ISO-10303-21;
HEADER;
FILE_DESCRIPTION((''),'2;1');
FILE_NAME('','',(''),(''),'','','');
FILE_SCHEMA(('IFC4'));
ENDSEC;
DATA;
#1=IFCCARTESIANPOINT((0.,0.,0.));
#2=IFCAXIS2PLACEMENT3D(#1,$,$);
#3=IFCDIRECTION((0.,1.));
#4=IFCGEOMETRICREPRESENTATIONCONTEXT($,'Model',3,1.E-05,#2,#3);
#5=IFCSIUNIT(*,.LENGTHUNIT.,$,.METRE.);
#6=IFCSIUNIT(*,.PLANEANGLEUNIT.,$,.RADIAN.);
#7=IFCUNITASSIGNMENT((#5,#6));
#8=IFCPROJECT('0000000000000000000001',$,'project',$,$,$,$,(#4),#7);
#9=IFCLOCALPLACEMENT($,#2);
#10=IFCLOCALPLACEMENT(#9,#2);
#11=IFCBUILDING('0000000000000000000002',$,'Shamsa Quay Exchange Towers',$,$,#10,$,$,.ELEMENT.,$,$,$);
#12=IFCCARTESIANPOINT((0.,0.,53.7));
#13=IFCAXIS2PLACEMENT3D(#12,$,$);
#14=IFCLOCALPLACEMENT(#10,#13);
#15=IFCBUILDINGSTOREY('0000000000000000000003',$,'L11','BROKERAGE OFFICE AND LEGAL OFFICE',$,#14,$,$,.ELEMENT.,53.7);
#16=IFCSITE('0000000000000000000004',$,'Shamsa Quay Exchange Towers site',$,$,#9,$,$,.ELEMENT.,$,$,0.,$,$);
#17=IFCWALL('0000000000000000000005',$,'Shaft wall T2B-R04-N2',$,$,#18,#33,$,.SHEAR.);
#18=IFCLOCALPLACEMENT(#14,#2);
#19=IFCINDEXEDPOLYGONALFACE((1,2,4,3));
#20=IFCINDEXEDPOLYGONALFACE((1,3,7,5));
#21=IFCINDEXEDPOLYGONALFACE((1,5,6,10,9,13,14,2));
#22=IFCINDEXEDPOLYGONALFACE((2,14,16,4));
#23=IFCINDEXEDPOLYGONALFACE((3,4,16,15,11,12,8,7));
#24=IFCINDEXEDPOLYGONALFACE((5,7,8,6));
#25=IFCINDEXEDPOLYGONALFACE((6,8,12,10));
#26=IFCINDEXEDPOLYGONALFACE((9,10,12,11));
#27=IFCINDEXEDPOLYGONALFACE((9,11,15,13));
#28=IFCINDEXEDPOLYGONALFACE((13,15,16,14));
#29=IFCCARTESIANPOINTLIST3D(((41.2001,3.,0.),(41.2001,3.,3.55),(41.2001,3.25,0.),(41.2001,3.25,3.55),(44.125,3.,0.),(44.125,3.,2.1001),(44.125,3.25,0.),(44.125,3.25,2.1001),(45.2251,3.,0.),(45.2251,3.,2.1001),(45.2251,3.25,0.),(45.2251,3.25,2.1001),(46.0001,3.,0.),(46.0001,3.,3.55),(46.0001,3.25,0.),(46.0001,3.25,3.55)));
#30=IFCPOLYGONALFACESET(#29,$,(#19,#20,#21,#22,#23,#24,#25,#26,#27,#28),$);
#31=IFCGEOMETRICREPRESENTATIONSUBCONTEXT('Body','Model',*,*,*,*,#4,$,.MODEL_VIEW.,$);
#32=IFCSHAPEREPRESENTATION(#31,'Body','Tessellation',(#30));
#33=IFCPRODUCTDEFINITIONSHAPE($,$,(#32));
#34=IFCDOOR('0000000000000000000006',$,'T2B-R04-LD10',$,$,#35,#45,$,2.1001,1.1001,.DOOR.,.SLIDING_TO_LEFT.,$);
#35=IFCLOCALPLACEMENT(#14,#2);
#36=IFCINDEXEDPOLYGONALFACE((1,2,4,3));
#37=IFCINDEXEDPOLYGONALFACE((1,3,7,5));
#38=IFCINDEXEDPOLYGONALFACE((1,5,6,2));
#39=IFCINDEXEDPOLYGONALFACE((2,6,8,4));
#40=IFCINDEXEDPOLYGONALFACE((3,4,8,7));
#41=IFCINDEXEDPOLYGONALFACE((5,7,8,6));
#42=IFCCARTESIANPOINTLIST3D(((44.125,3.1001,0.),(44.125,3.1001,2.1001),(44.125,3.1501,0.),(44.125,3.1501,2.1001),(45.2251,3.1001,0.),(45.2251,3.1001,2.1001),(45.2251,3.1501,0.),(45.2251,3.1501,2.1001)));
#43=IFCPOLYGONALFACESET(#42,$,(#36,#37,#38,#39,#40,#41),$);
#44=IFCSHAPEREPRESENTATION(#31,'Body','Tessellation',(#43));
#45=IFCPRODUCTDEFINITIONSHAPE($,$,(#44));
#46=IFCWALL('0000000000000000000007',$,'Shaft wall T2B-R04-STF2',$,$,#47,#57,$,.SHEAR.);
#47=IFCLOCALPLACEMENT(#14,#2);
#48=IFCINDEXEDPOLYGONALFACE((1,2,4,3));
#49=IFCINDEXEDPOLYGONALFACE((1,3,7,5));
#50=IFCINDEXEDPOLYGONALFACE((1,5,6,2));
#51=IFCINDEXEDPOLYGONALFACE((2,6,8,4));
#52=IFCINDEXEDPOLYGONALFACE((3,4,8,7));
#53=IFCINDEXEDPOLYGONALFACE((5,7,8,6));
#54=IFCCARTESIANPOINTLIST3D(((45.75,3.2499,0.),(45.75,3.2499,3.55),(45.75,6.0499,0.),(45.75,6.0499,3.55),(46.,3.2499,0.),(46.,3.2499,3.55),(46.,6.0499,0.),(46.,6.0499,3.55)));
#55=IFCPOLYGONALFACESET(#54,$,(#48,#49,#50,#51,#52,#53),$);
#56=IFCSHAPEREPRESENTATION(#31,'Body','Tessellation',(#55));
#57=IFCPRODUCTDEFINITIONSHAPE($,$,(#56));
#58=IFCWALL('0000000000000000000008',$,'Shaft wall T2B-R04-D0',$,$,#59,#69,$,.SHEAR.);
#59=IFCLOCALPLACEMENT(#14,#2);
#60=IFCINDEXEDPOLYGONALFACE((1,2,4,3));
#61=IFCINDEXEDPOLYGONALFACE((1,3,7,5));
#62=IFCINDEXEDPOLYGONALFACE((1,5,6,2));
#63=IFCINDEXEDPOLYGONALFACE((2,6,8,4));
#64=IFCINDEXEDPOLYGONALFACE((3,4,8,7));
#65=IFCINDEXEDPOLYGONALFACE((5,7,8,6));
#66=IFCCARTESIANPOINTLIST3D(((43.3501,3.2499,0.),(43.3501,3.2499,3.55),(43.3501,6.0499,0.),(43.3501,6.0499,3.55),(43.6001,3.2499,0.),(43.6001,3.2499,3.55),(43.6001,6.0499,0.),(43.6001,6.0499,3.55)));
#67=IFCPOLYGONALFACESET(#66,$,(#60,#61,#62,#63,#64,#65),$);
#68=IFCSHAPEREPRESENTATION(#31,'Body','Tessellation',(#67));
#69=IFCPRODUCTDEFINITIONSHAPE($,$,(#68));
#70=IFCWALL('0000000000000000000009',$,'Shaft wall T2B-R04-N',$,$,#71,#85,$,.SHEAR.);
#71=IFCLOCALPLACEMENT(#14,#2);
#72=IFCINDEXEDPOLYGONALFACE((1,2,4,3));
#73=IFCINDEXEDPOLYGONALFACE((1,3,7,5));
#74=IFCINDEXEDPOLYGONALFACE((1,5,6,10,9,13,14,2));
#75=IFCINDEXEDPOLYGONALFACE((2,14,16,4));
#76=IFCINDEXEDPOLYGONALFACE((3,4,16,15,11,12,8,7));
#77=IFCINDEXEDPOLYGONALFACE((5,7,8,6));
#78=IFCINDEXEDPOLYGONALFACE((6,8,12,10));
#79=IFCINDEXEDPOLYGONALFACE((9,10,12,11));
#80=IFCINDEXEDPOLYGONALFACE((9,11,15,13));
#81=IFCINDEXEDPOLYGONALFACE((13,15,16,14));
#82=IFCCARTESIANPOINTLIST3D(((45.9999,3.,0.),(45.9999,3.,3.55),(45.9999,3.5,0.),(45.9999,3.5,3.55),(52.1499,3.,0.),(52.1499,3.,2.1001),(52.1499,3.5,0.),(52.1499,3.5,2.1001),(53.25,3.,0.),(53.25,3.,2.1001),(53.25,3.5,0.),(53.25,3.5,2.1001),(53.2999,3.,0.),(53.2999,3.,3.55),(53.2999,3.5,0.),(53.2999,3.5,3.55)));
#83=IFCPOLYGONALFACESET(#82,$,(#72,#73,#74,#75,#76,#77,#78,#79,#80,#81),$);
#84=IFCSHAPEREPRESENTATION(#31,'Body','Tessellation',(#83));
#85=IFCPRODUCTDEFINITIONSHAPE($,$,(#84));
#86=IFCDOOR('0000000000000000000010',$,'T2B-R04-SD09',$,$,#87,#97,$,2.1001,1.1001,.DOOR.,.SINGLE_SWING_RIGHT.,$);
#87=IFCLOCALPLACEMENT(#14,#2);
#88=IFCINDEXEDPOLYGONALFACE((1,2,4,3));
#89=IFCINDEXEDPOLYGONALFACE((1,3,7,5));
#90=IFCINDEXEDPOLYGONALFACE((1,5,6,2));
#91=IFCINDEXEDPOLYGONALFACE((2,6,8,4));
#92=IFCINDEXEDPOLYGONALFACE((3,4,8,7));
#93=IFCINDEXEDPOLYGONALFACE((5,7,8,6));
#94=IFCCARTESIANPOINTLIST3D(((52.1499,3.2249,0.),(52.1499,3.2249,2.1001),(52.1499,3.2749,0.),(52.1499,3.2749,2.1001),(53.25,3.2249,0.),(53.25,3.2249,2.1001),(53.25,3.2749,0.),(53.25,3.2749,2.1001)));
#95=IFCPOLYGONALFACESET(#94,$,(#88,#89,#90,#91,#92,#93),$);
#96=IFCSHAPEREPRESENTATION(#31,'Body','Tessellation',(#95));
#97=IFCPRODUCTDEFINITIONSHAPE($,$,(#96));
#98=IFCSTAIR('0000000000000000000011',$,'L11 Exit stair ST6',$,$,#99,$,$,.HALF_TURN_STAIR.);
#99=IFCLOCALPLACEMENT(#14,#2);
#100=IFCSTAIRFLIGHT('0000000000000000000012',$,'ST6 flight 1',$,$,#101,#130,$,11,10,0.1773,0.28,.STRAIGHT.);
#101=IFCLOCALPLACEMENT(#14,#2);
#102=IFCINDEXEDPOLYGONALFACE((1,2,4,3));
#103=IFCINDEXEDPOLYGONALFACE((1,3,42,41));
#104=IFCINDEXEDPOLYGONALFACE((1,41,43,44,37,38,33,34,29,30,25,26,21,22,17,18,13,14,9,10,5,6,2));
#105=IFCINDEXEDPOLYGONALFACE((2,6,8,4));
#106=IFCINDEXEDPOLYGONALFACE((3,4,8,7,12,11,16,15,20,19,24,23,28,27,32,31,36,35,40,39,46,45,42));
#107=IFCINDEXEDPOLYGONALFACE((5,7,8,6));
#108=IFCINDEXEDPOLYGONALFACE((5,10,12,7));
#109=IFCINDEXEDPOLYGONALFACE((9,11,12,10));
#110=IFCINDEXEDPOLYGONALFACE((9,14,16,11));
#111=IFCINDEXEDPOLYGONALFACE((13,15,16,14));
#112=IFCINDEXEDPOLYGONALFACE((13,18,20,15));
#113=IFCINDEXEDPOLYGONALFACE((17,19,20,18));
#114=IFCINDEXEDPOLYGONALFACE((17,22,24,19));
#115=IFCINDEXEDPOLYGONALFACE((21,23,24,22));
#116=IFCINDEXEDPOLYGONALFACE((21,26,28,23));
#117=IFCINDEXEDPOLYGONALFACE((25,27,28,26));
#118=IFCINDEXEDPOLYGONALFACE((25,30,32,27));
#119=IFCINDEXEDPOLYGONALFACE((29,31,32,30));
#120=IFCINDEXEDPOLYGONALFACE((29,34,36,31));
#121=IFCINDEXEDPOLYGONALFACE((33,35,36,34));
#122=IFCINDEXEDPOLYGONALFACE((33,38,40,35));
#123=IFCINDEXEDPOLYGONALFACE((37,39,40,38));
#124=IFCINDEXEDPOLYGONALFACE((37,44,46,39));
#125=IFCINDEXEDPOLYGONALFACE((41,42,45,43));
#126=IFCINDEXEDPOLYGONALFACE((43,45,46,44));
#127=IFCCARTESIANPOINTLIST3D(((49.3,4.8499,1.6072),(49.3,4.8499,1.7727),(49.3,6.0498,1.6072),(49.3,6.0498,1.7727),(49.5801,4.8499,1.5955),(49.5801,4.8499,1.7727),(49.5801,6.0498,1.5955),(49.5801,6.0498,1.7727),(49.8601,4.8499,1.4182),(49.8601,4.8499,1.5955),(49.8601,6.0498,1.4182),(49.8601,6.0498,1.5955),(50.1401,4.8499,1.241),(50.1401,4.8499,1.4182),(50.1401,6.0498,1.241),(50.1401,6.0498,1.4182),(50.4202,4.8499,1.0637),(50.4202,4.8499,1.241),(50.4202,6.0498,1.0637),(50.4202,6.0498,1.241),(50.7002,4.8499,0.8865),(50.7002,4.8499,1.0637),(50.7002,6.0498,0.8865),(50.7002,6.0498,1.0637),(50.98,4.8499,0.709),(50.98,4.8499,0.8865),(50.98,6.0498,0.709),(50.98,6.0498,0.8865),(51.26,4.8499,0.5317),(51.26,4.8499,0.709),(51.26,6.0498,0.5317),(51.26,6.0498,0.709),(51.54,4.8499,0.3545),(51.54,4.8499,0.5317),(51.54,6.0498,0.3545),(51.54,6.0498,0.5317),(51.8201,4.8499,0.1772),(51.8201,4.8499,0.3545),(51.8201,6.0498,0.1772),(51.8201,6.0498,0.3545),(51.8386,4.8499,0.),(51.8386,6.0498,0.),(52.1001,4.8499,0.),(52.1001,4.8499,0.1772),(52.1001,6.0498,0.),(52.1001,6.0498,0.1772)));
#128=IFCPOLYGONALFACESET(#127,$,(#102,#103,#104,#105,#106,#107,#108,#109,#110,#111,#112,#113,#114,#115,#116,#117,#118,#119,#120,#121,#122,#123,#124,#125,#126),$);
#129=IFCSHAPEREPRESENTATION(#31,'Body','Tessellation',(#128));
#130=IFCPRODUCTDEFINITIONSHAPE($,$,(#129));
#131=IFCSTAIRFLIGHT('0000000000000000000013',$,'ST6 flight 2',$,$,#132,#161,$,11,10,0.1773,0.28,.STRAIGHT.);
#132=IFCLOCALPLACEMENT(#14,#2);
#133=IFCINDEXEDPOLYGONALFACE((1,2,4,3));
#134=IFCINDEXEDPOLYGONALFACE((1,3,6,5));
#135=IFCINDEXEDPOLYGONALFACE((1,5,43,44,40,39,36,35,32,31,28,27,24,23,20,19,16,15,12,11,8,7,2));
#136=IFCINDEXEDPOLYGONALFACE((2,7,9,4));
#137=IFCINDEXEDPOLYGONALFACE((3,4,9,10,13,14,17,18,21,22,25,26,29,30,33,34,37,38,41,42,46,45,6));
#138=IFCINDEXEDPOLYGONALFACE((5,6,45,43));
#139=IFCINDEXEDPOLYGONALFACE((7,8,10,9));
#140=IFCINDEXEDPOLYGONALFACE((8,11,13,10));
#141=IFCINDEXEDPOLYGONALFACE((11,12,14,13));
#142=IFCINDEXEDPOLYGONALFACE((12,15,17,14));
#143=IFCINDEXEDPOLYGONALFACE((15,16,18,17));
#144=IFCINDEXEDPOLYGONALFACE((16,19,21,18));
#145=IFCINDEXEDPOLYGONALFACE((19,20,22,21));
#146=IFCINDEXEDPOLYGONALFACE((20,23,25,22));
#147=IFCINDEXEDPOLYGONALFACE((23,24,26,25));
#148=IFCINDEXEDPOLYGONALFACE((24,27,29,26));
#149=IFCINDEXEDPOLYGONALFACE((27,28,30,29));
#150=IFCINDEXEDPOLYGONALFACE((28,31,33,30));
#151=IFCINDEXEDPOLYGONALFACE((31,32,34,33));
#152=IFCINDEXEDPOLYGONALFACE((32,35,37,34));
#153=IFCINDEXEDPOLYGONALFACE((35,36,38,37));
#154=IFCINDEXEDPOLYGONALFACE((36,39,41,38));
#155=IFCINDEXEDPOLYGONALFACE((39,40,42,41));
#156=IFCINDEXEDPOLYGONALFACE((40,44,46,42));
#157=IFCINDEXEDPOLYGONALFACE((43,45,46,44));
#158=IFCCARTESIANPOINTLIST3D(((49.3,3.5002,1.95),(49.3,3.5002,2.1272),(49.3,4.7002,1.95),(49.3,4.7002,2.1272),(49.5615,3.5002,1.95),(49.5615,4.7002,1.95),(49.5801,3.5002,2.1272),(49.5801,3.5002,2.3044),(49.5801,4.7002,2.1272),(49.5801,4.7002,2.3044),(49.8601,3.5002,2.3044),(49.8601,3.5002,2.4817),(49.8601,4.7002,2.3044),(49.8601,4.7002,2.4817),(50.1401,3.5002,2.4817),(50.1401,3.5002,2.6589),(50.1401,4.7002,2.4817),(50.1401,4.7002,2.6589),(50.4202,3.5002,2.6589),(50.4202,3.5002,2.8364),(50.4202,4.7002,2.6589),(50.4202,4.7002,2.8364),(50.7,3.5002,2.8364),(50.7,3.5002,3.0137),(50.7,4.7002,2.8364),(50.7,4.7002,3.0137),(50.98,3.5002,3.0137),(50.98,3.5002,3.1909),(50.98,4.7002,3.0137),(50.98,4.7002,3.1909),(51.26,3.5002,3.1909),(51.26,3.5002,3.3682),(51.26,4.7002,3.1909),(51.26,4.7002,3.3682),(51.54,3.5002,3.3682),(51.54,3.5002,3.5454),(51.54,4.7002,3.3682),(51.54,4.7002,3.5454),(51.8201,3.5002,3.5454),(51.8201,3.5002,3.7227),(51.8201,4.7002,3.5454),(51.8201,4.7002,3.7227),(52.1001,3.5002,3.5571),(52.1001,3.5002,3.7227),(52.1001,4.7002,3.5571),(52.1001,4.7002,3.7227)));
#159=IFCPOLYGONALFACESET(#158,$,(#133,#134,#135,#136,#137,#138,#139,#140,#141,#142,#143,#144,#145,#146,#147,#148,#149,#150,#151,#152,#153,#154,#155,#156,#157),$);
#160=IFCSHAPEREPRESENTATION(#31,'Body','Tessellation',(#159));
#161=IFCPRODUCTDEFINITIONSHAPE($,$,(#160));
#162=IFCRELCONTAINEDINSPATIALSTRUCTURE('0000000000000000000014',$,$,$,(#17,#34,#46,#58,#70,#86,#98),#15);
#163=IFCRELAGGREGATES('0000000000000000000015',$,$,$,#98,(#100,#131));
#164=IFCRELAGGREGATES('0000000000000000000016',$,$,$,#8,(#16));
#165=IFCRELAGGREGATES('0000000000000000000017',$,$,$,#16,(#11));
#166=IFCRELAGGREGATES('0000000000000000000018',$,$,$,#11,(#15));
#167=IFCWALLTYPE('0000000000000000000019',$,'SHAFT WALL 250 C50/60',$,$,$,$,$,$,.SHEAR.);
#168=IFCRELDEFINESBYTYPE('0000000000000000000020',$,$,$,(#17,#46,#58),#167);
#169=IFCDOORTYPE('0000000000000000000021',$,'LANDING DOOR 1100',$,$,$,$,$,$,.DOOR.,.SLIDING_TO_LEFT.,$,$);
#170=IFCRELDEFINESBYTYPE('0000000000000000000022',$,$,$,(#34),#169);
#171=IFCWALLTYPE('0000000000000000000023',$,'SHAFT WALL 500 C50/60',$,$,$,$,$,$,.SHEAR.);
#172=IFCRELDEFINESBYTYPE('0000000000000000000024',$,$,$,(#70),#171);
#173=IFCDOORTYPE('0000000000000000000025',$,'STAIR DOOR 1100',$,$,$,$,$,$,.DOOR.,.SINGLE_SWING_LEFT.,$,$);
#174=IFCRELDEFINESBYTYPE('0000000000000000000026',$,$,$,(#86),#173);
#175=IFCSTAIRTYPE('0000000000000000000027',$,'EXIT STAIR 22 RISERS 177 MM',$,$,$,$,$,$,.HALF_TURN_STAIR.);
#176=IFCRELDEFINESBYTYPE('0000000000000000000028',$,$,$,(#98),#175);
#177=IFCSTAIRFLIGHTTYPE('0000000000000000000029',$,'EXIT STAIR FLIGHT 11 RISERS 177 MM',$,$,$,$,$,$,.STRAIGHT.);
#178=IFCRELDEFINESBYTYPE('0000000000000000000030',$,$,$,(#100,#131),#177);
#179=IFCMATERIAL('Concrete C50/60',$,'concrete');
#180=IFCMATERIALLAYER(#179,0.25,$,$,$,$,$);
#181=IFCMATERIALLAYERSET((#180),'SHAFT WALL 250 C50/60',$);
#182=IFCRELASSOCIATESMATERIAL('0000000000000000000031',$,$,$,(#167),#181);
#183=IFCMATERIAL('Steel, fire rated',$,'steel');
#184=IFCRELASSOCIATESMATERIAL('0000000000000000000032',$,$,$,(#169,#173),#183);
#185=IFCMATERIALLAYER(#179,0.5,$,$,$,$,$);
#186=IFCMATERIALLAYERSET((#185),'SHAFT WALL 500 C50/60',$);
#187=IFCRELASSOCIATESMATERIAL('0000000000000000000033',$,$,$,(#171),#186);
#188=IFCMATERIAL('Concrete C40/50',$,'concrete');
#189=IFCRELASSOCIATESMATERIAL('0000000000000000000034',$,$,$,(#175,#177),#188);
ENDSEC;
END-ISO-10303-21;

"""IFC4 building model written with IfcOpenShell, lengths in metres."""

from ifc_helpers import new_model, si_unit, direction, frame, frame_2d, origin, place, context, subcontext, project, spatial, polyline, rectangle, outline, extrude, material, layer, layer_set, type_object, element, fill, aggregate, save


model = new_model("IFC4")

# Units and contexts
model_context = context("Model", 3, precision=1e-05, world=origin(), true_north=direction((0.0, 1.0)))
body_context = subcontext(model_context, "Body", "Model", "MODEL_VIEW")
ifc_project = project(units=[si_unit("LENGTHUNIT", "METRE"), si_unit("PLANEANGLEUNIT", "RADIAN")], contexts=[model_context])

# Site, building, storey
site_placement = place(None, origin())
site = spatial("IfcSite", under=ifc_project, at=site_placement, Name="Shamsa Quay Exchange Towers site", CompositionType="ELEMENT", RefElevation=0.0)
building_placement = place(site_placement, origin())
building = spatial("IfcBuilding", under=site, at=building_placement, Name="Shamsa Quay Exchange Towers", CompositionType="ELEMENT")
storey_placement = place(building_placement, frame((0.0, 0.0, 53.7)))
storey = spatial("IfcBuildingStorey", under=building, at=storey_placement, Name="L11", Description="BROKERAGE OFFICE AND LEGAL OFFICE", CompositionType="ELEMENT", Elevation=53.7)

# Wall, opening, door
ifc_material_1 = material(Name="Concrete C50/60", Category="concrete")
ifc_layer_1 = layer(ifc_material_1, 0.25)
ifc_layer_set_1 = layer_set([ifc_layer_1], Name="SHAFT WALL 250 C50/60")
wall_type_1 = type_object("IfcWallType", Name="SHAFT WALL 250 C50/60", PredefinedType="SHEAR", material=ifc_layer_set_1)
wall_1_placement = place(storey_placement, frame((46.0, 3.125, 0.0), z_axis=(0.0, 0.0, 1.0), x_axis=(-1.0, 0.0, 0.0)))
wall_1 = element("IfcWall", 1, at=wall_1_placement, inside=storey, type_object=wall_type_1, Name="Shaft wall T2B-R04-N2", PredefinedType="SHEAR", context=body_context, shape_type="SweptSolid", body=[
    extrude(rectangle(XDim=4.8, YDim=0.25, at=frame_2d((2.3999, 0.0))), origin(), (0.0, 0.0, 1.0), 3.55),
])
opening_1_placement = place(wall_1_placement, frame((0.7749, 0.0, 0.0)))
opening_1 = element("IfcOpeningElement", 2, at=opening_1_placement, cuts=wall_1, PredefinedType="OPENING", context=body_context, shape_type="SweptSolid", body=[
    extrude(rectangle(XDim=1.1001, YDim=2.1001, at=frame_2d((0.55, 1.05))), frame((0.0, 0.135, 0.0), z_axis=(0.0, -1.0, 0.0), x_axis=(1.0, 0.0, 0.0)), (0.0, 0.0, 1.0), 0.27),
])
ifc_material_2 = material(Name="Steel, fire rated", Category="steel")
door_type_1 = type_object("IfcDoorType", Name="LANDING DOOR 1100", OperationType="SLIDING_TO_LEFT", PredefinedType="DOOR", material=ifc_material_2)
door_1_placement = place(opening_1_placement, origin())
door_1 = element("IfcDoor", 3, at=door_1_placement, inside=storey, type_object=door_type_1, Name="T2B-R04-LD10", OperationType="SLIDING_TO_LEFT", OverallHeight=2.1001, OverallWidth=1.1001, PredefinedType="DOOR", context=body_context, shape_type="SweptSolid", body=[
    extrude(rectangle(XDim=1.1001, YDim=2.1001, at=frame_2d((0.55, 1.05))), frame((0.0, 0.0249, 0.0), z_axis=(0.0, -1.0, 0.0), x_axis=(1.0, 0.0, 0.0)), (0.0, 0.0, 1.0), 0.05),
])
fill(opening_1, door_1)

# Walls
for number, where, z_axis, x_axis, name in (
    (4, (45.875, 3.25, 0.0), (0.0, 0.0, 1.0), (0.0, 1.0, 0.0), "Shaft wall T2B-R04-STF2"),
    (5, (43.4751, 3.25, 0.0), (0.0, 0.0, 1.0), (0.0, 1.0, 0.0), "Shaft wall T2B-R04-D0"),
):
    element("IfcWall", number, at=place(storey_placement, frame(where, z_axis=z_axis, x_axis=x_axis)), inside=storey, type_object=wall_type_1, Name=name, PredefinedType="SHEAR", context=body_context, shape_type="SweptSolid", body=[
        extrude(rectangle(XDim=2.8, YDim=0.25, at=frame_2d((1.3999, 0.0))), origin(), (0.0, 0.0, 1.0), 3.55),
    ])

# Wall, opening, door
ifc_layer_2 = layer(ifc_material_1, 0.5)
ifc_layer_set_2 = layer_set([ifc_layer_2], Name="SHAFT WALL 500 C50/60")
wall_type_2 = type_object("IfcWallType", Name="SHAFT WALL 500 C50/60", PredefinedType="SHEAR", material=ifc_layer_set_2)
wall_2_placement = place(storey_placement, frame((46.0, 3.25, 0.0)))
wall_2 = element("IfcWall", 6, at=wall_2_placement, inside=storey, type_object=wall_type_2, Name="Shaft wall T2B-R04-N", PredefinedType="SHEAR", context=body_context, shape_type="SweptSolid", body=[
    extrude(rectangle(XDim=7.3, YDim=0.5, at=frame_2d((3.6499, 0.0))), origin(), (0.0, 0.0, 1.0), 3.55),
])
opening_2_placement = place(wall_2_placement, frame((6.1499, 0.0, 0.0)))
opening_2 = element("IfcOpeningElement", 7, at=opening_2_placement, cuts=wall_2, PredefinedType="OPENING", context=body_context, shape_type="SweptSolid", body=[
    extrude(rectangle(XDim=1.1001, YDim=2.1001, at=frame_2d((0.55, 1.05))), frame((0.0, 0.26, 0.0), z_axis=(0.0, -1.0, 0.0), x_axis=(1.0, 0.0, 0.0)), (0.0, 0.0, 1.0), 0.52),
])
door_type_2 = type_object("IfcDoorType", Name="STAIR DOOR 1100", OperationType="SINGLE_SWING_LEFT", PredefinedType="DOOR", material=ifc_material_2)
door_2_placement = place(opening_2_placement, origin())
door_2 = element("IfcDoor", 8, at=door_2_placement, inside=storey, type_object=door_type_2, Name="T2B-R04-SD09", OperationType="SINGLE_SWING_RIGHT", OverallHeight=2.1001, OverallWidth=1.1001, PredefinedType="DOOR", context=body_context, shape_type="SweptSolid", body=[
    extrude(rectangle(XDim=1.1001, YDim=2.1001, at=frame_2d((0.55, 1.05))), frame((0.0, 0.0249, 0.0), z_axis=(0.0, -1.0, 0.0), x_axis=(1.0, 0.0, 0.0)), (0.0, 0.0, 1.0), 0.05),
])
fill(opening_2, door_2)

# Stair, stair flights
ifc_material_3 = material(Name="Concrete C40/50", Category="concrete")
stair_type = type_object("IfcStairType", Name="EXIT STAIR 22 RISERS 177 MM", PredefinedType="HALF_TURN_STAIR", material=ifc_material_3)
stair_placement = place(storey_placement, origin())
stair = element("IfcStair", 9, at=stair_placement, inside=storey, type_object=stair_type, Name="L11 Exit stair ST6", PredefinedType="HALF_TURN_STAIR")
stair_flight_type = type_object("IfcStairFlightType", Name="EXIT STAIR FLIGHT 11 RISERS 177 MM", PredefinedType="STRAIGHT", material=ifc_material_3)
stair_flight_1_placement = place(storey_placement, frame((52.1001, 5.45, 0.0), z_axis=(0.0, 0.0, 1.0), x_axis=(-1.0, 0.0, 0.0)))
stair_flight_1 = element("IfcStairFlight", 10, at=stair_flight_1_placement, type_object=stair_flight_type, Name="ST6 flight 1", NumberOfRisers=11, NumberOfTreads=10, PredefinedType="STRAIGHT", RiserHeight=0.1773, TreadLength=0.28, context=body_context, shape_type="SweptSolid", body=[
    extrude(outline(polyline([(0.0, 0.0), (0.0, 0.1772), (0.28, 0.1772), (0.28, 0.3545), (0.5601, 0.3545), (0.5601, 0.5317), (0.8401, 0.5317), (0.8401, 0.709), (1.1201, 0.709), (1.1201, 0.8865), (1.3999, 0.8865), (1.3999, 1.0637), (1.6799, 1.0637), (1.6799, 1.241), (1.96, 1.241), (1.96, 1.4182), (2.24, 1.4182), (2.24, 1.5955), (2.52, 1.5955), (2.52, 1.7727), (2.8, 1.7727), (2.8, 1.95), (2.8, 1.6072), (0.2615, 0.0), (0.0, 0.0)])), frame((0.0, 0.6001, 0.0), z_axis=(0.0, -1.0, 0.0), x_axis=(1.0, 0.0, 0.0)), (0.0, 0.0, 1.0), 1.2),
])
stair_flight_2_placement = place(storey_placement, frame((49.3, 4.1001, 1.95)))
stair_flight_2 = element("IfcStairFlight", 11, at=stair_flight_2_placement, type_object=stair_flight_type, Name="ST6 flight 2", NumberOfRisers=11, NumberOfTreads=10, PredefinedType="STRAIGHT", RiserHeight=0.1773, TreadLength=0.28, context=body_context, shape_type="SweptSolid", body=[
    extrude(outline(polyline([(0.0, 0.0), (0.0, 0.1772), (0.28, 0.1772), (0.28, 0.3545), (0.5601, 0.3545), (0.5601, 0.5317), (0.8401, 0.5317), (0.8401, 0.709), (1.1201, 0.709), (1.1201, 0.8865), (1.3999, 0.8865), (1.3999, 1.0637), (1.6799, 1.0637), (1.6799, 1.241), (1.96, 1.241), (1.96, 1.4182), (2.24, 1.4182), (2.24, 1.5955), (2.52, 1.5955), (2.52, 1.7727), (2.8, 1.7727), (2.8, 1.95), (2.8, 1.6072), (0.2615, 0.0), (0.0, 0.0)])), frame((0.0, 0.6001, 0.0), z_axis=(0.0, -1.0, 0.0), x_axis=(1.0, 0.0, 0.0)), (0.0, 0.0, 1.0), 1.2),
])
aggregate(stair, [stair_flight_1, stair_flight_2])

save(model, "model.ifc")
